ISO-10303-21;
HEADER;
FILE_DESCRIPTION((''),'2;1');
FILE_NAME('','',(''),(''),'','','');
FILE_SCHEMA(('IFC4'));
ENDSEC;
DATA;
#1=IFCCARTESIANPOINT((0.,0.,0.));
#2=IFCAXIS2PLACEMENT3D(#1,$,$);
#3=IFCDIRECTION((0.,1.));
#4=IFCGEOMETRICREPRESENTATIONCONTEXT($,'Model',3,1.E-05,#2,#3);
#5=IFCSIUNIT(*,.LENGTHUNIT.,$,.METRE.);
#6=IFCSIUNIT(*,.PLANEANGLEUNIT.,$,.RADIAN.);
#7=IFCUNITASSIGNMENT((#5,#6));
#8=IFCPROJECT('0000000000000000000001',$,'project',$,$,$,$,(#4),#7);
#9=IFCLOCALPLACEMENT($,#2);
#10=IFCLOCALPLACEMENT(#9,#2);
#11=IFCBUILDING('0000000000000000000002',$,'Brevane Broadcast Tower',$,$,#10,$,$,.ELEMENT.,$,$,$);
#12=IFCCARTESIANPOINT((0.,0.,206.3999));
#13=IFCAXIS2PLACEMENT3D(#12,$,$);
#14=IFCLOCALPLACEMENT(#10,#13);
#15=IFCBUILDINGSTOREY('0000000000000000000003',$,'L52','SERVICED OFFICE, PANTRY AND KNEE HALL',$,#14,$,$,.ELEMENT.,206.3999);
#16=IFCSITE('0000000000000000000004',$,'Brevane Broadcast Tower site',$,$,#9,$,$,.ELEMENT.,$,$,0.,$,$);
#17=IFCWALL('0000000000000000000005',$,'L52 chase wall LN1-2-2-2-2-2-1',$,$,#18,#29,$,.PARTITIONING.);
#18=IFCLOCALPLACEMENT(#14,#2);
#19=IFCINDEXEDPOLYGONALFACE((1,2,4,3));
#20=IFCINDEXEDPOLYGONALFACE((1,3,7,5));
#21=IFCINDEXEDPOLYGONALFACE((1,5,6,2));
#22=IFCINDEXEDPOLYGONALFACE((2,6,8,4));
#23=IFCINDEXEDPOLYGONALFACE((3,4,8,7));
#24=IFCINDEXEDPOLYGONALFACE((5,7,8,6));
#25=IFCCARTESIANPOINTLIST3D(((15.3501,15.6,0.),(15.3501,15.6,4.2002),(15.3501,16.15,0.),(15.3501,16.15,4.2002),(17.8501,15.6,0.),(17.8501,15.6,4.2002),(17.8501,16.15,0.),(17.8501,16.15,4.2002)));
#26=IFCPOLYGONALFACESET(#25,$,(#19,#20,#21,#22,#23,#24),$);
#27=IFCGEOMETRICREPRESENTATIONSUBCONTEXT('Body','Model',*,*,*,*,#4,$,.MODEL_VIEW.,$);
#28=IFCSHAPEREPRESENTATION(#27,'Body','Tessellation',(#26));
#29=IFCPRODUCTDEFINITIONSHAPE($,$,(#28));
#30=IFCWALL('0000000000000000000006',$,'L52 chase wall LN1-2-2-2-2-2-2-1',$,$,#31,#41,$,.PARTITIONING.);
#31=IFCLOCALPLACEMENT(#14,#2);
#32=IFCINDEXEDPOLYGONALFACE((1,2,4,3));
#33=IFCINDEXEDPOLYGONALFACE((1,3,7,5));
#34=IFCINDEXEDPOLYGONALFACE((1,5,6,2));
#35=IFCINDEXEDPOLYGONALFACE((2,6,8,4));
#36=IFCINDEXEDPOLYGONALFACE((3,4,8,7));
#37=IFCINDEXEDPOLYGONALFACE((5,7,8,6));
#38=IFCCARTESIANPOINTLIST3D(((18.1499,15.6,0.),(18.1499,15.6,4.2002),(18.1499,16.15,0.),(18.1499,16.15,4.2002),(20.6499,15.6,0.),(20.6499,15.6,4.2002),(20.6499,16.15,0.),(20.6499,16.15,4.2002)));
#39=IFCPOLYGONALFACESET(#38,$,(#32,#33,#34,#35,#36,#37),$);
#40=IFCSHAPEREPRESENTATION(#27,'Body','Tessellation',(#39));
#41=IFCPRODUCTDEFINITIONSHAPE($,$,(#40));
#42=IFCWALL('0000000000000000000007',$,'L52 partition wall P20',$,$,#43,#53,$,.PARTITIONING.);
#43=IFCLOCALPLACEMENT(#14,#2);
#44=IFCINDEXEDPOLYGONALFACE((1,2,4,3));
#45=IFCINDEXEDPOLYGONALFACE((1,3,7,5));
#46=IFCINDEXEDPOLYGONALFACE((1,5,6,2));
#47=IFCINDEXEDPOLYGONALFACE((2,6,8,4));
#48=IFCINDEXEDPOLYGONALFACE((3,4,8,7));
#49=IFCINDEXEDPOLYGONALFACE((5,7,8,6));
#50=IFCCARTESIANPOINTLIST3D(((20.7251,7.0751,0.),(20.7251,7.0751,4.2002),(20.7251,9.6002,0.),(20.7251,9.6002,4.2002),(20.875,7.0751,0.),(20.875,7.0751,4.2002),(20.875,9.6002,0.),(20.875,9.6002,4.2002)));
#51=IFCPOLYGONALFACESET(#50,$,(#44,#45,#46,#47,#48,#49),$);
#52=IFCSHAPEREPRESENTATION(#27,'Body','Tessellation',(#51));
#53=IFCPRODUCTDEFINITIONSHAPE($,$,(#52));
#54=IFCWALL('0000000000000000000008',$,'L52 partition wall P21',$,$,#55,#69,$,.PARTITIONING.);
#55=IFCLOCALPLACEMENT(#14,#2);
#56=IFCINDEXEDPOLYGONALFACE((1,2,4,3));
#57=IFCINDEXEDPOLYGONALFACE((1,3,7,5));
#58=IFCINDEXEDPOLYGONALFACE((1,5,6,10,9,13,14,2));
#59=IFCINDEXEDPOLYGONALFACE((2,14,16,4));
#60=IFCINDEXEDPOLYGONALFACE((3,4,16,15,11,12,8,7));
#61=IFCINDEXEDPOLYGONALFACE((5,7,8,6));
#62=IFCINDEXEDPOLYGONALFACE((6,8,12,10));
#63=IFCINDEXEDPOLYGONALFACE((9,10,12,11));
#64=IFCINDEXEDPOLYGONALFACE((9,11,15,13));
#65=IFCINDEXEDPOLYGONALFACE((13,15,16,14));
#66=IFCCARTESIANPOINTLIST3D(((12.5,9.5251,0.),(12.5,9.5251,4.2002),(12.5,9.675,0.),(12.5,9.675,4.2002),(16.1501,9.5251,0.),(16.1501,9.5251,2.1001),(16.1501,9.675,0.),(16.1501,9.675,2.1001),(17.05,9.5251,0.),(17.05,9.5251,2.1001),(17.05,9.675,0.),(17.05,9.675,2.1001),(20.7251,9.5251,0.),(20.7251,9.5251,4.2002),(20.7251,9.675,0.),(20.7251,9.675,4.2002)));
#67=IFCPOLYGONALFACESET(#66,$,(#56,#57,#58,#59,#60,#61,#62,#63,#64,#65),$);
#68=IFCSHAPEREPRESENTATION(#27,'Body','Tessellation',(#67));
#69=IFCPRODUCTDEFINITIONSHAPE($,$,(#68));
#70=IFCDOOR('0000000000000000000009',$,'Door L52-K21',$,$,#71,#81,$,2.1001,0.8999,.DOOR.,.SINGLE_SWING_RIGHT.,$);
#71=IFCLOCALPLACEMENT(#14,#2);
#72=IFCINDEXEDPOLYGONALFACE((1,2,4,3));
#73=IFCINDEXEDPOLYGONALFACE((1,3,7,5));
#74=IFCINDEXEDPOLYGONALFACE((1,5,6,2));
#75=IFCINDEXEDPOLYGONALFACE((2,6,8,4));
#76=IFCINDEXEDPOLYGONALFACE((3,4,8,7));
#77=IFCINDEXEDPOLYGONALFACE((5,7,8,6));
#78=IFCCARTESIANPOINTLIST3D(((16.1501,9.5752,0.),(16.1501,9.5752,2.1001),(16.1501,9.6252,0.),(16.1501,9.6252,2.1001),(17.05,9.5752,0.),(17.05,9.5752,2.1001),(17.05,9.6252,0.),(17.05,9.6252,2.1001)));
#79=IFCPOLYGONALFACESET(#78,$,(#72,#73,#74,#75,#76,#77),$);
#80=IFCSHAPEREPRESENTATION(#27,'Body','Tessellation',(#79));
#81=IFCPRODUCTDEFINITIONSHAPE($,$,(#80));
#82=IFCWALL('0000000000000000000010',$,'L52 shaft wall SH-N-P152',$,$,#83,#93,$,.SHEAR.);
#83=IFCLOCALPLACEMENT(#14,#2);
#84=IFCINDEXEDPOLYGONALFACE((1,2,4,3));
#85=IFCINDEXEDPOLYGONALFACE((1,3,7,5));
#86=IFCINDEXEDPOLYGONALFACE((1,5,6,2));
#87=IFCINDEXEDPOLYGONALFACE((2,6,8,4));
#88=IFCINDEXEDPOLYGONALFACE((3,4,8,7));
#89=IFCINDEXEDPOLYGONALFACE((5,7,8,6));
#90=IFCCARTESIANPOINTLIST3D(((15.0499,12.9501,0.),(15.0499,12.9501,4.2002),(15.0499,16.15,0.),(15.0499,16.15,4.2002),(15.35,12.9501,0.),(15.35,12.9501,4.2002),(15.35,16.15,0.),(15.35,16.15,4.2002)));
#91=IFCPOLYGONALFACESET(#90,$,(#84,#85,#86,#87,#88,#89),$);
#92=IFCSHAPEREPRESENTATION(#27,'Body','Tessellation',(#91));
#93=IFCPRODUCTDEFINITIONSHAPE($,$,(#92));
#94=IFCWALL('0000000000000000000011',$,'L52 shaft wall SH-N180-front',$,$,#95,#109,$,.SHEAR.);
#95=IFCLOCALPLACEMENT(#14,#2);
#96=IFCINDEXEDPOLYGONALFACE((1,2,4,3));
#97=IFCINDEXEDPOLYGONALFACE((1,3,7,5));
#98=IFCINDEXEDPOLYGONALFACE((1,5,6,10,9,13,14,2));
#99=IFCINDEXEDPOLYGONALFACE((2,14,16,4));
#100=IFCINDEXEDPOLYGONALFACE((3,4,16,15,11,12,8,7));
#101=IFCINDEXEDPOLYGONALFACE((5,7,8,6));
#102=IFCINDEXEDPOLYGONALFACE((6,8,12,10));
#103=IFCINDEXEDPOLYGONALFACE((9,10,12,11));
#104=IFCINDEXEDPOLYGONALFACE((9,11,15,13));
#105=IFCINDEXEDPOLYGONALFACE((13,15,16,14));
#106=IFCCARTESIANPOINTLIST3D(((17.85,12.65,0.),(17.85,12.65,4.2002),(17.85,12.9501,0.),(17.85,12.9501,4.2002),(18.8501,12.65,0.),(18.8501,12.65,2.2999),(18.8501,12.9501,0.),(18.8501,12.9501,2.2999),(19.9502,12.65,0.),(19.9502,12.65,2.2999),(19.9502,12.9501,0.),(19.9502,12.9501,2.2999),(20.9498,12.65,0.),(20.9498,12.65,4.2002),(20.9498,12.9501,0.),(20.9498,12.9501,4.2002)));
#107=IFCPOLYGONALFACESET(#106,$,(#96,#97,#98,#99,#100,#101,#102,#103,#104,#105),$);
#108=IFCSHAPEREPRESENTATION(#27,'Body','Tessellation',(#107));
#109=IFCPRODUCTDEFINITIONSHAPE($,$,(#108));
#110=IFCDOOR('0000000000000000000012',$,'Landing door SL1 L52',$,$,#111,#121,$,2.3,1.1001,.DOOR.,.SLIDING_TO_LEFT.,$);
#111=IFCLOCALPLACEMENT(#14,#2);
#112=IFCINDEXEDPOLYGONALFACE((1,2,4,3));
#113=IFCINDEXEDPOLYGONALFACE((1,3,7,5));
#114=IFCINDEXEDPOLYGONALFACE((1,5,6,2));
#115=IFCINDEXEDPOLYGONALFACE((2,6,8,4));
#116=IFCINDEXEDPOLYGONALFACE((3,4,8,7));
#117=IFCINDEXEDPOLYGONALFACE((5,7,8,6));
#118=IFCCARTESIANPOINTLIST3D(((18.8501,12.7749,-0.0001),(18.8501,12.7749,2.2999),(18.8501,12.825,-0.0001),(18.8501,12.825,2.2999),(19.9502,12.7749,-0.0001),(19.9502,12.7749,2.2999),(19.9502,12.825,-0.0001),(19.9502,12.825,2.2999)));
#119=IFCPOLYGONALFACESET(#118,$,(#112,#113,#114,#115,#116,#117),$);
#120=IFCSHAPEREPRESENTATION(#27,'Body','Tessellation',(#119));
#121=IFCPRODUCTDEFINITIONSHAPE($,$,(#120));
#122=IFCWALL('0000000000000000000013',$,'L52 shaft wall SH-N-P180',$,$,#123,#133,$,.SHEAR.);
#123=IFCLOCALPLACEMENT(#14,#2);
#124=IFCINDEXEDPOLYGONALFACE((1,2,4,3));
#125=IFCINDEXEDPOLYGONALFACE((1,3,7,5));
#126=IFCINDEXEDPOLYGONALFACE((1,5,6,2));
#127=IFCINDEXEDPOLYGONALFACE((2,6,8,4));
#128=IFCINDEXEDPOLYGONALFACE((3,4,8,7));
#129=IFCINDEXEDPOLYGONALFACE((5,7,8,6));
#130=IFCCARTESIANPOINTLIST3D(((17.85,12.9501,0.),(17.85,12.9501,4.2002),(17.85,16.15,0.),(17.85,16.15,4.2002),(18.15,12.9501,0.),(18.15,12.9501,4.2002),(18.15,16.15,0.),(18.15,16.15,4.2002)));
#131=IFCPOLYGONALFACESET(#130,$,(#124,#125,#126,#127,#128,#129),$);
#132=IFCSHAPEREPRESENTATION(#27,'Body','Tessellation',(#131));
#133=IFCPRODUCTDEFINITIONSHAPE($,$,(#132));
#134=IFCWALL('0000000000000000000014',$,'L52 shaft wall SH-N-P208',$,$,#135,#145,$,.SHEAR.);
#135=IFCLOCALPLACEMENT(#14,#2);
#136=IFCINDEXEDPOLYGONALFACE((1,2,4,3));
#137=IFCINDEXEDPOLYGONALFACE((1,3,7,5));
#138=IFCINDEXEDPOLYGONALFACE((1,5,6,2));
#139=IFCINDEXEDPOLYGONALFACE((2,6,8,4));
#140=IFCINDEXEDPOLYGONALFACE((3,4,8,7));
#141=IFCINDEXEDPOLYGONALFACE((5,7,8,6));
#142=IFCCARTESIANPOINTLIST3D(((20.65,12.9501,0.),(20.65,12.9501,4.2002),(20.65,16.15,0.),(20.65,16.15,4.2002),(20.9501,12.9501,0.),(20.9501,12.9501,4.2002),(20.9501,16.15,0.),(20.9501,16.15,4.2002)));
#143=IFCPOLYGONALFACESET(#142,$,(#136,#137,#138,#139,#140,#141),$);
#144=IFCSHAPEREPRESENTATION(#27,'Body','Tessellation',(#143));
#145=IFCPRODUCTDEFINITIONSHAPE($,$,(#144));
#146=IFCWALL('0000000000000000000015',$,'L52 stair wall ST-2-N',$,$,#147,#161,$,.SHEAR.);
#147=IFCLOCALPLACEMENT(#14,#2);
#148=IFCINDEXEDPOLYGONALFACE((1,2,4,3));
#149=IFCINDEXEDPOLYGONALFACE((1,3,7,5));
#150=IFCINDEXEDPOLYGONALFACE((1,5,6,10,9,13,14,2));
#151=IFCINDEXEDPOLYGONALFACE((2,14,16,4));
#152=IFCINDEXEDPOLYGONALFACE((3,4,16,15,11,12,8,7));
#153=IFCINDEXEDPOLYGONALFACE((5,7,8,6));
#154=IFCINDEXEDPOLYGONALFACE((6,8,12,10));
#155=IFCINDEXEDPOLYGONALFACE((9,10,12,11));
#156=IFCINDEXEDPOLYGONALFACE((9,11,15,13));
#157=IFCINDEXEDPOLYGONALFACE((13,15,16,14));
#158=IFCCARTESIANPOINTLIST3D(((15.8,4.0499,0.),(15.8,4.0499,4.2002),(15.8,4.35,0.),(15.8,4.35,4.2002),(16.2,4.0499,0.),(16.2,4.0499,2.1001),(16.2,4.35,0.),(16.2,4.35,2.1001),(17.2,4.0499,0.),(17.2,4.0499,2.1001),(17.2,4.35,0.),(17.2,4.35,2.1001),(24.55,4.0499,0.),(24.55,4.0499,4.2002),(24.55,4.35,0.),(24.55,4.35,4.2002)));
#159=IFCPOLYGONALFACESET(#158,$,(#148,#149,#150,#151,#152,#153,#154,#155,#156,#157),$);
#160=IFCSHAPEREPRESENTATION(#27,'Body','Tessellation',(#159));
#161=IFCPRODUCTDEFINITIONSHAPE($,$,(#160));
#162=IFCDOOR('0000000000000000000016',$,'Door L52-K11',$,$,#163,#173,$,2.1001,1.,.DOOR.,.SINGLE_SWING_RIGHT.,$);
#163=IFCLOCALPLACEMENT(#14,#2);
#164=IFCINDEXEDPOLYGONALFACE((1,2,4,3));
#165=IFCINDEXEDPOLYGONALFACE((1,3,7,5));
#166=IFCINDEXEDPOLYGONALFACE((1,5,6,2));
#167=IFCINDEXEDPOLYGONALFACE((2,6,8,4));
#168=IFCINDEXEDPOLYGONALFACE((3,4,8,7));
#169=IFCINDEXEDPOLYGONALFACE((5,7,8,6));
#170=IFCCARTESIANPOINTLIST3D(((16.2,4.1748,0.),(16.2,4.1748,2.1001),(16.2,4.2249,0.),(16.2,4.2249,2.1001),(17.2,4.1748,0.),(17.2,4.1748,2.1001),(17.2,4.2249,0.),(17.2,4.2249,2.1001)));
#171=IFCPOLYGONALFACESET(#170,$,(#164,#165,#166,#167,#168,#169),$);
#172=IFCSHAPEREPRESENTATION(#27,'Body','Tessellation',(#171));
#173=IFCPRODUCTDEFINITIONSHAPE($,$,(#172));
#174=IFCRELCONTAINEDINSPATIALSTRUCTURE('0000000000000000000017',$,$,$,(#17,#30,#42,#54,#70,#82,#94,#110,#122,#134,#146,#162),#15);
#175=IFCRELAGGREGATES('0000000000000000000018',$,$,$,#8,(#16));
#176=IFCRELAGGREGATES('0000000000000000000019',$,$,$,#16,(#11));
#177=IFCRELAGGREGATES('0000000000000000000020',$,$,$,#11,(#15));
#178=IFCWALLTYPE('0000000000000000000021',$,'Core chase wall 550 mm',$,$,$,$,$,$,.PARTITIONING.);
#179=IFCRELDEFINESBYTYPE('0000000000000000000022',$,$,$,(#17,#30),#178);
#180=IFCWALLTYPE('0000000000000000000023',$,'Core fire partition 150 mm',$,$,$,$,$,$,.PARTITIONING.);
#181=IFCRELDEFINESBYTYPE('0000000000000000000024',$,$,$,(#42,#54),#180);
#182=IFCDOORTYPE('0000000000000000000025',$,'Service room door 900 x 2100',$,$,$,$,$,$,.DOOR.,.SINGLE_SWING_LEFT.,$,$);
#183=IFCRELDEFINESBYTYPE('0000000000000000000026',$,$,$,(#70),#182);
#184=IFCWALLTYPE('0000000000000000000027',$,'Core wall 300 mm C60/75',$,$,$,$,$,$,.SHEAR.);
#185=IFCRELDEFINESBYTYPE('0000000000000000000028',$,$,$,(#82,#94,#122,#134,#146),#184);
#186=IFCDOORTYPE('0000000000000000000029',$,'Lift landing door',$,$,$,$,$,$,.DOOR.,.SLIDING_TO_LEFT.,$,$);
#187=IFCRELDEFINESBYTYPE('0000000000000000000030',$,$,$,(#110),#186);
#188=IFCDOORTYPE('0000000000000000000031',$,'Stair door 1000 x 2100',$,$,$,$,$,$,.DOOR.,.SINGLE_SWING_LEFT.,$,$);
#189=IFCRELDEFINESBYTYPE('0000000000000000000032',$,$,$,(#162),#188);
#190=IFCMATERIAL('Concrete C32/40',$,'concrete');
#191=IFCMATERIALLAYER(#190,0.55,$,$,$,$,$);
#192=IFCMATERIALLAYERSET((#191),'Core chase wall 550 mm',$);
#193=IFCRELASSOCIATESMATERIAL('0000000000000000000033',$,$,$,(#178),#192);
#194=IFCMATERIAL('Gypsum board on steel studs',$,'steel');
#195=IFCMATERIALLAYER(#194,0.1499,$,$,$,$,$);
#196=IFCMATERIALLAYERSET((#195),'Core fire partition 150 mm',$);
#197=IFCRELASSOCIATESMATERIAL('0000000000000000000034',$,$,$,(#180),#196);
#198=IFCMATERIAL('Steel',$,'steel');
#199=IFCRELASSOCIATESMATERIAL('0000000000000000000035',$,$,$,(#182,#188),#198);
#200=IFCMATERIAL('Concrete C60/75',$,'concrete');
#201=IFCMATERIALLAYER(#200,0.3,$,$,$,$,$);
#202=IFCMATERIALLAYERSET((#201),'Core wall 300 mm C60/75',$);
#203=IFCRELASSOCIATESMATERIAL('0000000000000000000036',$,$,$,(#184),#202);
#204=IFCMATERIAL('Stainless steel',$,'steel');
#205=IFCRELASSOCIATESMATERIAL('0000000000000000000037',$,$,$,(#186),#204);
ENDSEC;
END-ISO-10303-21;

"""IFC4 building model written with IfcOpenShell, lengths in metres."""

from ifc_helpers import new_model, si_unit, direction, frame, frame_2d, origin, place, context, subcontext, project, spatial, rectangle, extrude, material, layer, layer_set, type_object, element, fill, save


model = new_model("IFC4")

# Units and contexts
model_context = context("Model", 3, precision=1e-05, world=origin(), true_north=direction((0.0, 1.0)))
body_context = subcontext(model_context, "Body", "Model", "MODEL_VIEW")
ifc_project = project(units=[si_unit("LENGTHUNIT", "METRE"), si_unit("PLANEANGLEUNIT", "RADIAN")], contexts=[model_context])

# Site, building, storey
site_placement = place(None, origin())
site = spatial("IfcSite", under=ifc_project, at=site_placement, Name="Brevane Broadcast Tower site", CompositionType="ELEMENT", RefElevation=0.0)
building_placement = place(site_placement, origin())
building = spatial("IfcBuilding", under=site, at=building_placement, Name="Brevane Broadcast Tower", CompositionType="ELEMENT")
storey_placement = place(building_placement, frame((0.0, 0.0, 206.3999)))
storey = spatial("IfcBuildingStorey", under=building, at=storey_placement, Name="L52", Description="SERVICED OFFICE, PANTRY AND KNEE HALL", CompositionType="ELEMENT", Elevation=206.3999)

# Walls
ifc_material_1 = material(Name="Concrete C32/40", Category="concrete")
ifc_layer_1 = layer(ifc_material_1, 0.55)
ifc_layer_set_1 = layer_set([ifc_layer_1], Name="Core chase wall 550 mm")
wall_type_1 = type_object("IfcWallType", Name="Core chase wall 550 mm", PredefinedType="PARTITIONING", material=ifc_layer_set_1)
for number, where, z_axis, x_axis, name in (
    (1, (15.3501, 15.875, 0.0), (0.0, 0.0, 1.0), (1.0, 0.0, 0.0), "L52 chase wall LN1-2-2-2-2-2-1"),
    (2, (18.1499, 15.875, 0.0), (0.0, 0.0, 1.0), (1.0, 0.0, 0.0), "L52 chase wall LN1-2-2-2-2-2-2-1"),
):
    element("IfcWall", number, at=place(storey_placement, frame(where, z_axis=z_axis, x_axis=x_axis)), inside=storey, type_object=wall_type_1, Name=name, PredefinedType="PARTITIONING", context=body_context, shape_type="SweptSolid", body=[
        extrude(rectangle(XDim=2.5, YDim=0.55, at=frame_2d((1.25, 0.0))), origin(), (0.0, 0.0, 1.0), 4.2002),
    ])
ifc_material_2 = material(Name="Gypsum board on steel studs", Category="steel")
ifc_layer_2 = layer(ifc_material_2, 0.1499)
ifc_layer_set_2 = layer_set([ifc_layer_2], Name="Core fire partition 150 mm")
wall_type_2 = type_object("IfcWallType", Name="Core fire partition 150 mm", PredefinedType="PARTITIONING", material=ifc_layer_set_2)
wall_1_placement = place(storey_placement, frame((20.8, 7.075, 0.0), z_axis=(0.0, 0.0, 1.0), x_axis=(0.0, 1.0, 0.0)))
element("IfcWall", 3, at=wall_1_placement, inside=storey, type_object=wall_type_2, Name="L52 partition wall P20", PredefinedType="PARTITIONING", context=body_context, shape_type="SweptSolid", body=[
    extrude(rectangle(XDim=2.5251, YDim=0.1499, at=frame_2d((1.2627, 0.0))), origin(), (0.0, 0.0, 1.0), 4.2002),
])

# Wall, opening, door
wall_2_placement = place(storey_placement, frame((20.7251, 9.6001, 0.0), z_axis=(0.0, 0.0, 1.0), x_axis=(-1.0, 0.0, 0.0)))
wall_2 = element("IfcWall", 4, at=wall_2_placement, inside=storey, type_object=wall_type_2, Name="L52 partition wall P21", PredefinedType="PARTITIONING", context=body_context, shape_type="SweptSolid", body=[
    extrude(rectangle(XDim=8.2251, YDim=0.1499, at=frame_2d((4.1125, 0.0))), origin(), (0.0, 0.0, 1.0), 4.2002),
])
opening_1_placement = place(wall_2_placement, frame((3.675, 0.0, 0.0)))
opening_1 = element("IfcOpeningElement", 5, at=opening_1_placement, cuts=wall_2, PredefinedType="OPENING", context=body_context, shape_type="SweptSolid", body=[
    extrude(rectangle(XDim=0.8999, YDim=2.1001, at=frame_2d((0.45, 1.05))), frame((0.0, 0.085, 0.0), z_axis=(0.0, -1.0, 0.0), x_axis=(1.0, 0.0, 0.0)), (0.0, 0.0, 1.0), 0.1699),
])
ifc_material_3 = material(Name="Steel", Category="steel")
door_type_1 = type_object("IfcDoorType", Name="Service room door 900 x 2100", OperationType="SINGLE_SWING_LEFT", PredefinedType="DOOR", material=ifc_material_3)
door_1_placement = place(opening_1_placement, origin())
door_1 = element("IfcDoor", 6, at=door_1_placement, inside=storey, type_object=door_type_1, Name="Door L52-K21", OperationType="SINGLE_SWING_RIGHT", OverallHeight=2.1001, OverallWidth=0.8999, PredefinedType="DOOR", context=body_context, shape_type="SweptSolid", body=[
    extrude(rectangle(XDim=0.8999, YDim=2.1001, at=frame_2d((0.45, 1.05))), frame((0.0, 0.0249, 0.0), z_axis=(0.0, -1.0, 0.0), x_axis=(1.0, 0.0, 0.0)), (0.0, 0.0, 1.0), 0.05),
])
fill(opening_1, door_1)

# Wall
ifc_material_4 = material(Name="Concrete C60/75", Category="concrete")
ifc_layer_3 = layer(ifc_material_4, 0.3)
ifc_layer_set_3 = layer_set([ifc_layer_3], Name="Core wall 300 mm C60/75")
wall_type_3 = type_object("IfcWallType", Name="Core wall 300 mm C60/75", PredefinedType="SHEAR", material=ifc_layer_set_3)
wall_3_placement = place(storey_placement, frame((15.2, 12.95, 0.0), z_axis=(0.0, 0.0, 1.0), x_axis=(0.0, 1.0, 0.0)))
element("IfcWall", 7, at=wall_3_placement, inside=storey, type_object=wall_type_3, Name="L52 shaft wall SH-N-P152", PredefinedType="SHEAR", context=body_context, shape_type="SweptSolid", body=[
    extrude(rectangle(XDim=3.2, YDim=0.3, at=frame_2d((1.6001, 0.0))), origin(), (0.0, 0.0, 1.0), 4.2002),
])

# Wall, opening, door
wall_4_placement = place(storey_placement, frame((17.8501, 12.8, 0.0), z_axis=(0.0, 0.0, 1.0), x_axis=(1.0, 0.0, 0.0)))
wall_4 = element("IfcWall", 8, at=wall_4_placement, inside=storey, type_object=wall_type_3, Name="L52 shaft wall SH-N180-front", PredefinedType="SHEAR", context=body_context, shape_type="SweptSolid", body=[
    extrude(rectangle(XDim=3.0999, YDim=0.3, at=frame_2d((1.5498, 0.0))), origin(), (0.0, 0.0, 1.0), 4.2002),
])
opening_2_placement = place(wall_4_placement, frame((1.0, 0.0, 0.0)))
opening_2 = element("IfcOpeningElement", 9, at=opening_2_placement, cuts=wall_4, PredefinedType="OPENING", context=body_context, shape_type="SweptSolid", body=[
    extrude(rectangle(XDim=1.1001, YDim=2.3, at=frame_2d((0.55, 1.1499))), frame((0.0, 0.1599, 0.0), z_axis=(0.0, -1.0, 0.0), x_axis=(1.0, 0.0, 0.0)), (0.0, 0.0, 1.0), 0.3201),
])
ifc_material_5 = material(Name="Stainless steel", Category="steel")
door_type_2 = type_object("IfcDoorType", Name="Lift landing door", OperationType="SLIDING_TO_LEFT", PredefinedType="DOOR", material=ifc_material_5)
door_2_placement = place(opening_2_placement, origin())
door_2 = element("IfcDoor", 10, at=door_2_placement, inside=storey, type_object=door_type_2, Name="Landing door SL1 L52", OperationType="SLIDING_TO_LEFT", OverallHeight=2.3, OverallWidth=1.1001, PredefinedType="DOOR", context=body_context, shape_type="SweptSolid", body=[
    extrude(rectangle(XDim=1.1001, YDim=2.3, at=frame_2d((0.55, 1.1499))), frame((0.0, 0.0249, 0.0), z_axis=(0.0, -1.0, 0.0), x_axis=(1.0, 0.0, 0.0)), (0.0, 0.0, 1.0), 0.05),
])
fill(opening_2, door_2)

# Walls
for number, where, z_axis, x_axis, name in (
    (11, (18.0, 12.95, 0.0), (0.0, 0.0, 1.0), (0.0, 1.0, 0.0), "L52 shaft wall SH-N-P180"),
    (12, (20.8, 12.95, 0.0), (0.0, 0.0, 1.0), (0.0, 1.0, 0.0), "L52 shaft wall SH-N-P208"),
):
    element("IfcWall", number, at=place(storey_placement, frame(where, z_axis=z_axis, x_axis=x_axis)), inside=storey, type_object=wall_type_3, Name=name, PredefinedType="SHEAR", context=body_context, shape_type="SweptSolid", body=[
        extrude(rectangle(XDim=3.2, YDim=0.3, at=frame_2d((1.6001, 0.0))), origin(), (0.0, 0.0, 1.0), 4.2002),
    ])

# Wall, opening, door
wall_5_placement = place(storey_placement, frame((15.8, 4.2, 0.0), z_axis=(0.0, 0.0, 1.0), x_axis=(1.0, 0.0, 0.0)))
wall_5 = element("IfcWall", 13, at=wall_5_placement, inside=storey, type_object=wall_type_3, Name="L52 stair wall ST-2-N", PredefinedType="SHEAR", context=body_context, shape_type="SweptSolid", body=[
    extrude(rectangle(XDim=8.75, YDim=0.3, at=frame_2d((4.375, 0.0))), origin(), (0.0, 0.0, 1.0), 4.2002),
])
opening_3_placement = place(wall_5_placement, frame((0.3999, 0.0, 0.0)))
opening_3 = element("IfcOpeningElement", 14, at=opening_3_placement, cuts=wall_5, PredefinedType="OPENING", context=body_context, shape_type="SweptSolid", body=[
    extrude(rectangle(XDim=1.0, YDim=2.1001, at=frame_2d((0.5, 1.05))), frame((0.0, 0.1599, 0.0), z_axis=(0.0, -1.0, 0.0), x_axis=(1.0, 0.0, 0.0)), (0.0, 0.0, 1.0), 0.3201),
])
door_type_3 = type_object("IfcDoorType", Name="Stair door 1000 x 2100", OperationType="SINGLE_SWING_LEFT", PredefinedType="DOOR", material=ifc_material_3)
door_3_placement = place(opening_3_placement, origin())
door_3 = element("IfcDoor", 15, at=door_3_placement, inside=storey, type_object=door_type_3, Name="Door L52-K11", OperationType="SINGLE_SWING_RIGHT", OverallHeight=2.1001, OverallWidth=1.0, PredefinedType="DOOR", context=body_context, shape_type="SweptSolid", body=[
    extrude(rectangle(XDim=1.0, YDim=2.1001, at=frame_2d((0.5, 1.05))), frame((0.0, 0.0249, 0.0), z_axis=(0.0, -1.0, 0.0), x_axis=(1.0, 0.0, 0.0)), (0.0, 0.0, 1.0), 0.05),
])
fill(opening_3, door_3)

save(model, "model.ifc")
